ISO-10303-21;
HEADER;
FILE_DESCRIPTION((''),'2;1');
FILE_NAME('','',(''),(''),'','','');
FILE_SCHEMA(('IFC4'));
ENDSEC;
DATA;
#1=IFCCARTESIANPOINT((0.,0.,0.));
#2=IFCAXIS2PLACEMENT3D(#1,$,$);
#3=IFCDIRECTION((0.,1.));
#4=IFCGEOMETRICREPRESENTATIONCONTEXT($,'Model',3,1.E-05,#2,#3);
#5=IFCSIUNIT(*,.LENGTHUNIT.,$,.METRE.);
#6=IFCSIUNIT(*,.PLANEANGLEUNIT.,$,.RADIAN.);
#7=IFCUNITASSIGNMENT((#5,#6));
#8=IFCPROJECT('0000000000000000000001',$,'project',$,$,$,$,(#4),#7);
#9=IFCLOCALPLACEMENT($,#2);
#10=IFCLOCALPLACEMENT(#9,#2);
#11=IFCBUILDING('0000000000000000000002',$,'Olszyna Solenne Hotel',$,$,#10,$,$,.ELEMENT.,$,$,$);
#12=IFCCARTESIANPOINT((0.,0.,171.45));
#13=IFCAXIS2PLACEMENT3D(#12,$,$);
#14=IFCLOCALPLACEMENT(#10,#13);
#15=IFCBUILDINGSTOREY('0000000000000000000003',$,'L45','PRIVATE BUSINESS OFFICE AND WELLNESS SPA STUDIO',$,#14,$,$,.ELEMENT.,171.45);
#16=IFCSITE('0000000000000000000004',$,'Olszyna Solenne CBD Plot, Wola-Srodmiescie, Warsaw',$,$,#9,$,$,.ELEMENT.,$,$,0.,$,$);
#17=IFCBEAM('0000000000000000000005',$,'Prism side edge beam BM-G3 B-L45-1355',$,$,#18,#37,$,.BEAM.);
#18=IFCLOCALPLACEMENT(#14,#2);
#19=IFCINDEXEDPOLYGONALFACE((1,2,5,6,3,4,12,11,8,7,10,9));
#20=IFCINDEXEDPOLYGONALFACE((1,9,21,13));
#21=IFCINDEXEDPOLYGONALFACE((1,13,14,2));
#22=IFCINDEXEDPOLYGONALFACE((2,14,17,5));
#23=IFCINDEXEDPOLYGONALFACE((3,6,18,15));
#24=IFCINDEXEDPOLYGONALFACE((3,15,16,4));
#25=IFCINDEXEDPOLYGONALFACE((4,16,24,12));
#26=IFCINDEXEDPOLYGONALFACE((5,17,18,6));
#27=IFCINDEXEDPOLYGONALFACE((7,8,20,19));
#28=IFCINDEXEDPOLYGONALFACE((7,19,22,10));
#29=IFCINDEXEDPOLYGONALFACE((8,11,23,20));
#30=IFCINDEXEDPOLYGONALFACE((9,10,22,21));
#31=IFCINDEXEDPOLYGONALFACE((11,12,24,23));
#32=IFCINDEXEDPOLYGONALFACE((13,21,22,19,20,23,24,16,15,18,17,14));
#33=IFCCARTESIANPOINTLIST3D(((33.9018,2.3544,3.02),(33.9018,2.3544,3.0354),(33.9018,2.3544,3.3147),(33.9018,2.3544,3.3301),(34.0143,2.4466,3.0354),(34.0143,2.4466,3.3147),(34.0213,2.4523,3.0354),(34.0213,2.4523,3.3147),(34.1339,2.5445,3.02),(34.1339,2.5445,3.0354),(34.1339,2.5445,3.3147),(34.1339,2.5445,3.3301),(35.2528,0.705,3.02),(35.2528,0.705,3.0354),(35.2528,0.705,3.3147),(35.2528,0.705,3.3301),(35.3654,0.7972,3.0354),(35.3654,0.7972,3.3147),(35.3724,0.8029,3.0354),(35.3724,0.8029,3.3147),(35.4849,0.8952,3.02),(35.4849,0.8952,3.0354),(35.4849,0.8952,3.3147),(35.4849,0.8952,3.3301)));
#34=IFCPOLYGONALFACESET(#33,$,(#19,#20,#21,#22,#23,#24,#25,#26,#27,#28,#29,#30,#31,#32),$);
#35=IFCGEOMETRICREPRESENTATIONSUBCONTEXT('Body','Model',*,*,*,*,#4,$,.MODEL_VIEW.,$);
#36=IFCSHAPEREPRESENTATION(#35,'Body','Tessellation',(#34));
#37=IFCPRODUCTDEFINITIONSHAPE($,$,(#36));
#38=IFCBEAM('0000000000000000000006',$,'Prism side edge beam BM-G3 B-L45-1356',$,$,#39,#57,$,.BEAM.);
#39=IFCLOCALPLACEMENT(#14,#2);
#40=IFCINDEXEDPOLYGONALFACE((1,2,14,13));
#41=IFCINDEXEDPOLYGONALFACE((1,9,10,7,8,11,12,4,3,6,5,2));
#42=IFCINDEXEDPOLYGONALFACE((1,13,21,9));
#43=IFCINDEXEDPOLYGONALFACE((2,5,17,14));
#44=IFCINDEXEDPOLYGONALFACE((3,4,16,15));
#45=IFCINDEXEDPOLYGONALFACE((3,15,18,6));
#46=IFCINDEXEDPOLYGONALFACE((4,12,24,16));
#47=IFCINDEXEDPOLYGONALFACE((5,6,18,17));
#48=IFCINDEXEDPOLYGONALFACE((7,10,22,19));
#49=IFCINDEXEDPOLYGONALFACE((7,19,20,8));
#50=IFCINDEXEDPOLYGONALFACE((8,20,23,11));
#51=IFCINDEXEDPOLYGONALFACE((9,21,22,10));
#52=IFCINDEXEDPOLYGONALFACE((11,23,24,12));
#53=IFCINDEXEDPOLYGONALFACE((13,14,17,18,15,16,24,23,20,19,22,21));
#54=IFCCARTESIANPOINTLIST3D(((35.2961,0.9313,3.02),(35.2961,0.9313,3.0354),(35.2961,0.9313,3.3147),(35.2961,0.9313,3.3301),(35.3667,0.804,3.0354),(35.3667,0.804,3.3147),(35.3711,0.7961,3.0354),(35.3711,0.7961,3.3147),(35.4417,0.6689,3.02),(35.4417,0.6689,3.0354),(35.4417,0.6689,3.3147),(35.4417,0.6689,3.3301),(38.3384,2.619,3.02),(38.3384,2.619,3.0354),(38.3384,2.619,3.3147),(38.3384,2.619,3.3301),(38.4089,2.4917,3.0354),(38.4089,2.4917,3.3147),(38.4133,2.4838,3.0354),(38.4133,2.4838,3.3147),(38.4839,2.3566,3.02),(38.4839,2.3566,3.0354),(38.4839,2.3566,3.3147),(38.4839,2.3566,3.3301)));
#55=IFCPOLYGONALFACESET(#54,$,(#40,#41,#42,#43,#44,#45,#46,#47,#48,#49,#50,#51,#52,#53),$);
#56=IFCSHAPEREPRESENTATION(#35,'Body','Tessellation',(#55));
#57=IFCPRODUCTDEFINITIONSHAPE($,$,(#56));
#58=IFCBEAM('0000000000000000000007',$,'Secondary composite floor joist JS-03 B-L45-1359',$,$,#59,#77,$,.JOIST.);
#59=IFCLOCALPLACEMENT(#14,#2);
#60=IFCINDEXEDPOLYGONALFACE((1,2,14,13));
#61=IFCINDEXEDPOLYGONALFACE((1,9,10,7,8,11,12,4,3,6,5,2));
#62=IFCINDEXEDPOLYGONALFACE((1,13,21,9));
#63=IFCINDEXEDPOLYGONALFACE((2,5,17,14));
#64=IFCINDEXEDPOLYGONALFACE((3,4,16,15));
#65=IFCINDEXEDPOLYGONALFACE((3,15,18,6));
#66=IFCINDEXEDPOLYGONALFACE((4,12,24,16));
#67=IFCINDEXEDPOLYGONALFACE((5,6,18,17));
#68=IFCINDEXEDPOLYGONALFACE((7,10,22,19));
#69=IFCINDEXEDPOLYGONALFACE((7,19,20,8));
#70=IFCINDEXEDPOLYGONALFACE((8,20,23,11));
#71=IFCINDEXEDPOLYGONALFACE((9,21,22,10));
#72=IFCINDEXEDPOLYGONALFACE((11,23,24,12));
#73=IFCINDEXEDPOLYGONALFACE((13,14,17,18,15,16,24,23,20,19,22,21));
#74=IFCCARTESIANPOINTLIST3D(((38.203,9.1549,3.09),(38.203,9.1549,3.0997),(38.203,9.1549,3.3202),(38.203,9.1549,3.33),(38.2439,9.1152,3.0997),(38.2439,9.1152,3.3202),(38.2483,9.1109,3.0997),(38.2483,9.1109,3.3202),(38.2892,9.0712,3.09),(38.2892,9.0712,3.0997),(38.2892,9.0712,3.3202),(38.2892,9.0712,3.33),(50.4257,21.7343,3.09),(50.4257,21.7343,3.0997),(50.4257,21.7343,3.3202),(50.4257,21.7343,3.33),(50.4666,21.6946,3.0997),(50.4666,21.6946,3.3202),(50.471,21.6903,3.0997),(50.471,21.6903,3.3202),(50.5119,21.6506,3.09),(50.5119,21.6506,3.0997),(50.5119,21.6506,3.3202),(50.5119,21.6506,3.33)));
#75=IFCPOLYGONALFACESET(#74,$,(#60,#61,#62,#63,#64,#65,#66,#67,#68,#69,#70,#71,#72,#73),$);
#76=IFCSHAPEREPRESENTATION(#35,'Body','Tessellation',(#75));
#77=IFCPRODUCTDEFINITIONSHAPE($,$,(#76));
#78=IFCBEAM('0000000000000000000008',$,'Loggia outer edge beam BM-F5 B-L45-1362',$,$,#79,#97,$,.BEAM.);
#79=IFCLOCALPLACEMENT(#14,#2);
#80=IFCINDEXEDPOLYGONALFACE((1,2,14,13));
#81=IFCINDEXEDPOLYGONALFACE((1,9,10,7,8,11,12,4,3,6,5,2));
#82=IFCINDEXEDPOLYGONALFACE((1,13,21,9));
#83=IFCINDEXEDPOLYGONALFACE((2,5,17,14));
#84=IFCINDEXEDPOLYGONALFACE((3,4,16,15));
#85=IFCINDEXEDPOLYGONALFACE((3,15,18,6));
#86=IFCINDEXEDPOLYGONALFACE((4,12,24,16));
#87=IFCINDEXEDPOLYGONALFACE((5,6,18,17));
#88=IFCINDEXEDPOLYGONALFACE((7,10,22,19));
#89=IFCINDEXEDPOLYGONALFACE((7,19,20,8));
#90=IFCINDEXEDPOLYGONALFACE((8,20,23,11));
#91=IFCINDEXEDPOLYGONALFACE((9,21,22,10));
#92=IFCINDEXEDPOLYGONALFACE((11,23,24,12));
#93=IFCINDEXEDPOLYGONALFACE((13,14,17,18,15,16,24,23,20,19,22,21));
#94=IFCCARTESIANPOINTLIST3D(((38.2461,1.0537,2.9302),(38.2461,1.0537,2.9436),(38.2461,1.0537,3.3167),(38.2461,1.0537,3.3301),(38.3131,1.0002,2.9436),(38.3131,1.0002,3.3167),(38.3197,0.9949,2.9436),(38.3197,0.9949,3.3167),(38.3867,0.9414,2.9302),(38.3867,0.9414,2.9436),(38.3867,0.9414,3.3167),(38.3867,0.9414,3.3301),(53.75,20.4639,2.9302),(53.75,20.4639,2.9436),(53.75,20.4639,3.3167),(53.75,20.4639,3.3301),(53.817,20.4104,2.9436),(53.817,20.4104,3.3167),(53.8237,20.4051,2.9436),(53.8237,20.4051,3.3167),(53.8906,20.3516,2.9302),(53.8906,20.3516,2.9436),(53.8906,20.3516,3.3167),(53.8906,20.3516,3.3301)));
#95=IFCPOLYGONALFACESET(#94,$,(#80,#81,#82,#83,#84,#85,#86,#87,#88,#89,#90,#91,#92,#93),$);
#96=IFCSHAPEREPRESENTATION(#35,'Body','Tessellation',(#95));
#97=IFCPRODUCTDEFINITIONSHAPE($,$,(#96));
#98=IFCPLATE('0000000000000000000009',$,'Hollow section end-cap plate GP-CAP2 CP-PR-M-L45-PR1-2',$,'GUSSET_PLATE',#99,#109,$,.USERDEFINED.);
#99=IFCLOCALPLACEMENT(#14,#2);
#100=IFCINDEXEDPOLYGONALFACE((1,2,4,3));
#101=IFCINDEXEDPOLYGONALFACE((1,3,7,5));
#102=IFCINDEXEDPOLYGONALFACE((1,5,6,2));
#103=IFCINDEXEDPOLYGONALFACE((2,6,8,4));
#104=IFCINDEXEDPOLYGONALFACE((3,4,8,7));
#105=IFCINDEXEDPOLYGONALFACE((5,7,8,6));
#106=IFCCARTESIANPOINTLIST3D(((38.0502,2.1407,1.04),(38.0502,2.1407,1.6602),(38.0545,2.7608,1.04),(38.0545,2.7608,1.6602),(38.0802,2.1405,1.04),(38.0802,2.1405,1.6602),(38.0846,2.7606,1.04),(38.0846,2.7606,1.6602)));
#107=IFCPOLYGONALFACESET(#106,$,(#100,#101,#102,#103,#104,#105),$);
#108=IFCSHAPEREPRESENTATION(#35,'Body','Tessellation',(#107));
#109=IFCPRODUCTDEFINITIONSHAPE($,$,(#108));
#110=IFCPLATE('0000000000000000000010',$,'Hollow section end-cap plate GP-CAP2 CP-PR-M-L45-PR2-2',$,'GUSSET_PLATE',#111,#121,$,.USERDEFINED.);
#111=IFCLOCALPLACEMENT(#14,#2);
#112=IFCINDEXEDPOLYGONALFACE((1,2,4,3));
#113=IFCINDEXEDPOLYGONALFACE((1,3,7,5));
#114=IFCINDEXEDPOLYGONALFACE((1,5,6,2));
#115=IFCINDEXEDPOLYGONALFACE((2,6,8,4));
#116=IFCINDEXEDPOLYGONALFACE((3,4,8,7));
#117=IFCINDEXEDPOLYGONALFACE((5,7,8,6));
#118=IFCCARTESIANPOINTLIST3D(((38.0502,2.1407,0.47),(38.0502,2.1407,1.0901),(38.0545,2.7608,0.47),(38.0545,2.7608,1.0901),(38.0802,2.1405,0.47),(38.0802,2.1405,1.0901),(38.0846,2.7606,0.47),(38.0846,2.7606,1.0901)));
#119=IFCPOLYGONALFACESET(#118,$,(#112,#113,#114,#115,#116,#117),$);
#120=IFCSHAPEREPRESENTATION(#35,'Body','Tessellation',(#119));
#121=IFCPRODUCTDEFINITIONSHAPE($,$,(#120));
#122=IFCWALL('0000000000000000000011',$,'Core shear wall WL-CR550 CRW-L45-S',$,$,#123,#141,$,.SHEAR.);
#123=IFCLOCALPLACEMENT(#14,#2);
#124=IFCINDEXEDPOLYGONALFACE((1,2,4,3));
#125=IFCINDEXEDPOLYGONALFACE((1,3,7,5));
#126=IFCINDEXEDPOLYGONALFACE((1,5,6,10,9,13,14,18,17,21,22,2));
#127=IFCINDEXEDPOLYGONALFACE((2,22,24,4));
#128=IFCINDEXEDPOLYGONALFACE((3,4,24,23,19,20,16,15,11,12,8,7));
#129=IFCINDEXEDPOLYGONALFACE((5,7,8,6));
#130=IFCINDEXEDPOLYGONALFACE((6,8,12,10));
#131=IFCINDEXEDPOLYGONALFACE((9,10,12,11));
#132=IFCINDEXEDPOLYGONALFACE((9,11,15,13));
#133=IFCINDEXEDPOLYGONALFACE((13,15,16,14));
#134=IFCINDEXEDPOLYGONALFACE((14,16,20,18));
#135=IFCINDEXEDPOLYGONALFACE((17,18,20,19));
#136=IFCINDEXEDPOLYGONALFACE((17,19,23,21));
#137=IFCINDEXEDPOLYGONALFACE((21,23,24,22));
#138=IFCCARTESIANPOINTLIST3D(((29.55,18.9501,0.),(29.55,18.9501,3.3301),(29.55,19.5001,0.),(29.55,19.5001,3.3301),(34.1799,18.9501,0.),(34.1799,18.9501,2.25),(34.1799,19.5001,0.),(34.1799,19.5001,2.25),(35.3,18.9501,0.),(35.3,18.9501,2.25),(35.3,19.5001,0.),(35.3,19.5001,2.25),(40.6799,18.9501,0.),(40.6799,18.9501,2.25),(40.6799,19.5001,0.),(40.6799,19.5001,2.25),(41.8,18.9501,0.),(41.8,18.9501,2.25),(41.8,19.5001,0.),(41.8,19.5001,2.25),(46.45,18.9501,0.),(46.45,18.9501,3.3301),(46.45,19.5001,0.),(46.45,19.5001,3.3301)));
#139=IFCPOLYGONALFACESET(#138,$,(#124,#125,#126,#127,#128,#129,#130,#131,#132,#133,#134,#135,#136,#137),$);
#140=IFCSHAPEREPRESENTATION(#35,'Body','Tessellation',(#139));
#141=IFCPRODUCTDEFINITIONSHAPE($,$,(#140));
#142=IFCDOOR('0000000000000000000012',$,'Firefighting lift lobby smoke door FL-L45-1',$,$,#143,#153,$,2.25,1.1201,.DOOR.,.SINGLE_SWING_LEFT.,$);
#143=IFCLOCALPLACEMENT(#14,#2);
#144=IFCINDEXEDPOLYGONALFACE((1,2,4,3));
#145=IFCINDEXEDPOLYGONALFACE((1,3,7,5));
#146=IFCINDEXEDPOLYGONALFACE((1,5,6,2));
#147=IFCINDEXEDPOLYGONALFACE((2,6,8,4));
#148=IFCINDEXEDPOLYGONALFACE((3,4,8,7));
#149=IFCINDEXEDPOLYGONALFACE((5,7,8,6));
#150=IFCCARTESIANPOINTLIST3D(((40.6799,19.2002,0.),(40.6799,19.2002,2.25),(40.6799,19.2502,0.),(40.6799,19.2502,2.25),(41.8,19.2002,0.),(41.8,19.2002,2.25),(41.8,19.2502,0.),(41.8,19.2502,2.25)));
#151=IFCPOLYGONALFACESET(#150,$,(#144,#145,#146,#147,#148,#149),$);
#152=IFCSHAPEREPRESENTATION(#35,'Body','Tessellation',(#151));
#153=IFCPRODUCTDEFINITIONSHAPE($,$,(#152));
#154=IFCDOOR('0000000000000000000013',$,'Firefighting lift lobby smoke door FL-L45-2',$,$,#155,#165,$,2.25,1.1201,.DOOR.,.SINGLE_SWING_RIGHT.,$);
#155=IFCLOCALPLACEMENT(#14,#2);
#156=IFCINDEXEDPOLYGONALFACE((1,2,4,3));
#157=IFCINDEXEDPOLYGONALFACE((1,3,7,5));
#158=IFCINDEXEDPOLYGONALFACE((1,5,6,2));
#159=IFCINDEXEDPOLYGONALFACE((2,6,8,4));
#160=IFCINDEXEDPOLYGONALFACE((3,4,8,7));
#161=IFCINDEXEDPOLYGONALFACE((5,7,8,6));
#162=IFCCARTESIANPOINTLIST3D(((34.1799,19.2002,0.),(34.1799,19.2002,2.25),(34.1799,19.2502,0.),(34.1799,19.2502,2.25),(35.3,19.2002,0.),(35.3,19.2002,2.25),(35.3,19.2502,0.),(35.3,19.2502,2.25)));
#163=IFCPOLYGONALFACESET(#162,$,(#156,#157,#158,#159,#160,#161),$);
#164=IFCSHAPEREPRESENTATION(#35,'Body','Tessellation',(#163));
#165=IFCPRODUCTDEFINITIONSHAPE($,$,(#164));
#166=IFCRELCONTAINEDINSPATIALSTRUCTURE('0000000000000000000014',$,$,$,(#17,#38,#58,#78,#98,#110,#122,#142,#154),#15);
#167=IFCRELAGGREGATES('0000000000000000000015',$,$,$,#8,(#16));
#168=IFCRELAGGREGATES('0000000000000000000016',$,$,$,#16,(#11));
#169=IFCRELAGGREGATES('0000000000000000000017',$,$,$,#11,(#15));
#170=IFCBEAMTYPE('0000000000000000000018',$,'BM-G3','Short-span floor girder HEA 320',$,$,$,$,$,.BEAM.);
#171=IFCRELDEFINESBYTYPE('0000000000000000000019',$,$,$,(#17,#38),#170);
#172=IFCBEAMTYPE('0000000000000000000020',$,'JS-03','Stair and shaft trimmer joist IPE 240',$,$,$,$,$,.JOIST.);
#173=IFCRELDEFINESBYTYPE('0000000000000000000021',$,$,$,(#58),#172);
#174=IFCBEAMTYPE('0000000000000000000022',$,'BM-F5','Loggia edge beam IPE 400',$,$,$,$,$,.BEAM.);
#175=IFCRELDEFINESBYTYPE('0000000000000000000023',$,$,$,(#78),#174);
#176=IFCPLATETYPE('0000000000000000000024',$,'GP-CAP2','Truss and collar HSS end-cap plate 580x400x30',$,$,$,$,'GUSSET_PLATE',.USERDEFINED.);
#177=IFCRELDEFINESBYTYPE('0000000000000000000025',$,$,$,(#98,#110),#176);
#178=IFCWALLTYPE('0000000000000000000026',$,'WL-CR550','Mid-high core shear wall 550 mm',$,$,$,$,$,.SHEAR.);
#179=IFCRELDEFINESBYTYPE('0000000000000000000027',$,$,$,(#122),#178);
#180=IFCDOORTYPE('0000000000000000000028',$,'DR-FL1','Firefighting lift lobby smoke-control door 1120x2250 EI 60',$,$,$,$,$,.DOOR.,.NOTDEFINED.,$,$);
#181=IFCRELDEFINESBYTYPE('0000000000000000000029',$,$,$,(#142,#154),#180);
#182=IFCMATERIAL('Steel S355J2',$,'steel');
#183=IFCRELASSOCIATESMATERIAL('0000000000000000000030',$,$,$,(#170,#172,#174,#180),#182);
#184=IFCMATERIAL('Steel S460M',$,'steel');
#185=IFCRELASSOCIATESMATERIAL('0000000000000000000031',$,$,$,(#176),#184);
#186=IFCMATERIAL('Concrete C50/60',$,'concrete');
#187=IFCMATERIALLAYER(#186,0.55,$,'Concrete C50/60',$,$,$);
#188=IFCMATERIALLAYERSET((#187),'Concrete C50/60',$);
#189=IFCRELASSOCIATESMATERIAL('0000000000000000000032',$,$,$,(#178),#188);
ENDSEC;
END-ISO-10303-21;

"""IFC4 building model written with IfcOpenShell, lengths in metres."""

from ifc_helpers import new_model, si_unit, direction, frame, frame_2d, origin, origin_2d, place, context, subcontext, project, spatial, rectangle, i_section, extrude, source, transform, mapped, material, layer, layer_set, material_profile, profile_set, type_object, type_shapes, element, fill, save


model = new_model("IFC4")

# Units and contexts
model_context = context("Model", 3, precision=1e-05, world=origin(), true_north=direction((0.0, 1.0)))
body_context = subcontext(model_context, "Body", "Model", "MODEL_VIEW")
ifc_project = project(units=[si_unit("LENGTHUNIT", "METRE"), si_unit("PLANEANGLEUNIT", "RADIAN")], contexts=[model_context])

# Site, building, storey
site_placement = place(None, origin())
site = spatial("IfcSite", under=ifc_project, at=site_placement, Name="Olszyna Solenne CBD Plot, Wola-Srodmiescie, Warsaw", CompositionType="ELEMENT", RefElevation=0.0)
building_placement = place(site_placement, origin())
building = spatial("IfcBuilding", under=site, at=building_placement, Name="Olszyna Solenne Hotel", CompositionType="ELEMENT")
storey_placement = place(building_placement, frame((0.0, 0.0, 171.45)))
storey = spatial("IfcBuildingStorey", under=building, at=storey_placement, Name="L45", Description="PRIVATE BUSINESS OFFICE AND WELLNESS SPA STUDIO", CompositionType="ELEMENT", Elevation=171.45)

# Shared definitions
ifc_material_1 = material(Name="Steel S460M", Category="steel")

# Beams
ifc_material_2 = material(Name="Steel S355J2", Category="steel")
ifc_material_profile_1 = material_profile(ifc_material_2, i_section(OverallWidth=0.3, OverallDepth=0.3101, WebThickness=0.009, FlangeThickness=0.0154, at=origin_2d()), Name="HEA 320", Category="load-bearing")
ifc_profile_set_1 = profile_set([ifc_material_profile_1], Name="Steel S355J2")
beam_type_1 = type_object("IfcBeamType", Name="BM-G3", Description="Short-span floor girder HEA 320", PredefinedType="BEAM", material=ifc_profile_set_1)
shared_shape_1 = source(origin(), body_context, "Body", "SweptSolid", [
    extrude(i_section(OverallWidth=0.3, OverallDepth=0.3101, WebThickness=0.009, FlangeThickness=0.0154, at=origin_2d()), origin(), (0.0, 0.0, 1.0), 2.1321),
])
beam_1_placement = place(storey_placement, frame((34.0178, 2.4495, 3.175), z_axis=(0.633674, -0.7736, 0.0), x_axis=(0.7736, 0.633674, 0.0)))
element("IfcBeam", 1, at=beam_1_placement, inside=storey, type_object=beam_type_1, Name="Prism side edge beam BM-G3 B-L45-1355", PredefinedType="BEAM", context=body_context, shape_type="MappedRepresentation", body=[
    mapped(shared_shape_1, transform((0.0, 0.0, 0.0), x_axis=(1.0, 0.0, 0.0), y_axis=(0.0, 1.0, 0.0), z_axis=(0.0, 0.0, 1.0), scale=1.0)),
])
shared_shape_2 = source(origin(), body_context, "Body", "SweptSolid", [
    extrude(i_section(OverallWidth=0.3, OverallDepth=0.3101, WebThickness=0.009, FlangeThickness=0.0154, at=origin_2d()), origin(), (0.0, 0.0, 1.0), 3.479),
])
beam_2_placement = place(storey_placement, frame((38.4111, 2.4878, 3.175), z_axis=(-0.874448, -0.485119, 0.0), x_axis=(0.485119, -0.874448, 0.0)))
element("IfcBeam", 2, at=beam_2_placement, inside=storey, type_object=beam_type_1, Name="Prism side edge beam BM-G3 B-L45-1356", PredefinedType="BEAM", context=body_context, shape_type="MappedRepresentation", body=[
    mapped(shared_shape_2, transform((0.0, 0.0, 0.0), x_axis=(1.0, 0.0, 0.0), y_axis=(0.0, 1.0, 0.0), z_axis=(0.0, 0.0, 1.0), scale=1.0)),
])
ifc_material_profile_2 = material_profile(ifc_material_2, i_section(OverallWidth=0.1201, OverallDepth=0.24, WebThickness=0.0061, FlangeThickness=0.0098, at=origin_2d()), Name="IPE 240", Category="load-bearing")
ifc_profile_set_2 = profile_set([ifc_material_profile_2], Name="Steel S355J2")
beam_type_2 = type_object("IfcBeamType", Name="JS-03", Description="Stair and shaft trimmer joist IPE 240", PredefinedType="JOIST", material=ifc_profile_set_2)
shared_shape_3 = source(origin(), body_context, "Body", "SweptSolid", [
    extrude(i_section(OverallWidth=0.1201, OverallDepth=0.24, WebThickness=0.0061, FlangeThickness=0.0098, at=origin_2d()), origin(), (0.0, 0.0, 1.0), 17.5396),
])
beam_3_placement = place(storey_placement, frame((38.2461, 9.113, 3.21), z_axis=(0.696865, 0.717202, 0.0), x_axis=(-0.717202, 0.696865, 0.0)))
element("IfcBeam", 3, at=beam_3_placement, inside=storey, type_object=beam_type_2, Name="Secondary composite floor joist JS-03 B-L45-1359", PredefinedType="JOIST", context=body_context, shape_type="MappedRepresentation", body=[
    mapped(shared_shape_3, transform((0.0, 0.0, 0.0), x_axis=(1.0, 0.0, 0.0), y_axis=(0.0, 1.0, 0.0), z_axis=(0.0, 0.0, 1.0), scale=1.0)),
])
ifc_material_profile_3 = material_profile(ifc_material_2, i_section(OverallWidth=0.1799, OverallDepth=0.3999, WebThickness=0.0085, FlangeThickness=0.0134, at=origin_2d()), Name="IPE 400", Category="load-bearing")
ifc_profile_set_3 = profile_set([ifc_material_profile_3], Name="Steel S355J2")
beam_type_3 = type_object("IfcBeamType", Name="BM-F5", Description="Loggia edge beam IPE 400", PredefinedType="BEAM", material=ifc_profile_set_3)
shared_shape_4 = source(origin(), body_context, "Body", "SweptSolid", [
    extrude(i_section(OverallWidth=0.1799, OverallDepth=0.3999, WebThickness=0.0085, FlangeThickness=0.0134, at=origin_2d()), origin(), (0.0, 0.0, 1.0), 24.842),
])
beam_4_placement = place(storey_placement, frame((38.3164, 0.9976, 3.1301), z_axis=(0.6241, 0.781344, 0.0), x_axis=(-0.781344, 0.6241, 0.0)))
element("IfcBeam", 4, at=beam_4_placement, inside=storey, type_object=beam_type_3, Name="Loggia outer edge beam BM-F5 B-L45-1362", PredefinedType="BEAM", context=body_context, shape_type="MappedRepresentation", body=[
    mapped(shared_shape_4, transform((0.0, 0.0, 0.0), x_axis=(1.0, 0.0, 0.0), y_axis=(0.0, 1.0, 0.0), z_axis=(0.0, 0.0, 1.0), scale=1.0)),
])

# Plates
plate_type = type_object("IfcPlateType", Name="GP-CAP2", Description="Truss and collar HSS end-cap plate 580x400x30", ElementType="GUSSET_PLATE", PredefinedType="USERDEFINED", material=ifc_material_1)
shared_shape_5 = source(origin(), body_context, "Body", "SweptSolid", [
    extrude(rectangle(XDim=0.03, YDim=0.6201, at=origin_2d()), origin(), (0.0, 0.0, 1.0), 0.6201),
])
for number, where, z_axis, x_axis, name in (
    (5, (38.0674, 2.4507, 1.04), (0.0, 0.0, 1.0), (0.999976, -0.006981, 0.0), "Hollow section end-cap plate GP-CAP2 CP-PR-M-L45-PR1-2"),
    (6, (38.0674, 2.4507, 0.47), (0.0, 0.0, 1.0), (0.999976, -0.006981, 0.0), "Hollow section end-cap plate GP-CAP2 CP-PR-M-L45-PR2-2"),
):
    element("IfcPlate", number, at=place(storey_placement, frame(where, z_axis=z_axis, x_axis=x_axis)), inside=storey, type_object=plate_type, Name=name, ObjectType="GUSSET_PLATE", PredefinedType="USERDEFINED", context=body_context, shape_type="MappedRepresentation", body=[
        mapped(shared_shape_5, transform((0.0, 0.0, 0.0), x_axis=(1.0, 0.0, 0.0), y_axis=(0.0, 1.0, 0.0), z_axis=(0.0, 0.0, 1.0), scale=1.0)),
    ])

# Wall, openings, doors
ifc_material_3 = material(Name="Concrete C50/60", Category="concrete")
ifc_layer_1 = layer(ifc_material_3, 0.55, Name="Concrete C50/60")
ifc_layer_set_1 = layer_set([ifc_layer_1], Name="Concrete C50/60")
wall_type_1 = type_object("IfcWallType", Name="WL-CR550", Description="Mid-high core shear wall 550 mm", PredefinedType="SHEAR", material=ifc_layer_set_1)
wall_1_placement = place(storey_placement, frame((46.45, 19.2251, 0.0), z_axis=(0.0, 0.0, 1.0), x_axis=(-1.0, 0.0, 0.0)))
wall_1 = element("IfcWall", 7, at=wall_1_placement, inside=storey, type_object=wall_type_1, Name="Core shear wall WL-CR550 CRW-L45-S", PredefinedType="SHEAR", context=body_context, shape_type="SweptSolid", body=[
    extrude(rectangle(XDim=16.8999, YDim=0.55, at=frame_2d((8.45, 0.0))), origin(), (0.0, 0.0, 1.0), 3.3301),
])
opening_1_placement = place(wall_1_placement, frame((4.6499, 0.0, 0.0)))
opening_1 = element("IfcOpeningElement", 8, at=opening_1_placement, cuts=wall_1, PredefinedType="OPENING", context=body_context, shape_type="SweptSolid", body=[
    extrude(rectangle(XDim=1.1201, YDim=2.25, at=frame_2d((0.5601, 1.125))), frame((0.0, 0.2852, 0.0), z_axis=(0.0, -1.0, 0.0), x_axis=(1.0, 0.0, 0.0)), (0.0, 0.0, 1.0), 0.5701),
])
opening_2_placement = place(wall_1_placement, frame((11.1499, 0.0, 0.0)))
opening_2 = element("IfcOpeningElement", 9, at=opening_2_placement, cuts=wall_1, PredefinedType="OPENING", context=body_context, shape_type="SweptSolid", body=[
    extrude(rectangle(XDim=1.1201, YDim=2.25, at=frame_2d((0.5601, 1.125))), frame((0.0, 0.2852, 0.0), z_axis=(0.0, -1.0, 0.0), x_axis=(1.0, 0.0, 0.0)), (0.0, 0.0, 1.0), 0.5701),
])
door_type_1 = type_object("IfcDoorType", Name="DR-FL1", Description="Firefighting lift lobby smoke-control door 1120x2250 EI 60", OperationType="NOTDEFINED", PredefinedType="DOOR", material=ifc_material_2)
shared_shape_6 = source(origin(), body_context, "Body", "SweptSolid", [
    extrude(rectangle(XDim=1.1201, YDim=2.25, at=frame_2d((0.5601, 1.125))), frame((0.0, 0.0249, 0.0), z_axis=(0.0, -1.0, 0.0), x_axis=(1.0, 0.0, 0.0)), (0.0, 0.0, 1.0), 0.05),
])
type_shapes(door_type_1, [shared_shape_6])
door_1_placement = place(opening_1_placement, origin())
door_1 = element("IfcDoor", 10, at=door_1_placement, inside=storey, type_object=door_type_1, Name="Firefighting lift lobby smoke door FL-L45-1", OperationType="SINGLE_SWING_LEFT", OverallHeight=2.25, OverallWidth=1.1201, PredefinedType="DOOR", context=body_context, shape_type="MappedRepresentation", body=[
    mapped(shared_shape_6, transform((0.0, 0.0, 0.0), x_axis=(1.0, 0.0, 0.0), y_axis=(0.0, 1.0, 0.0), z_axis=(0.0, 0.0, 1.0), scale=1.0)),
])
fill(opening_1, door_1)
door_2_placement = place(opening_2_placement, origin())
door_2 = element("IfcDoor", 11, at=door_2_placement, inside=storey, type_object=door_type_1, Name="Firefighting lift lobby smoke door FL-L45-2", OperationType="SINGLE_SWING_RIGHT", OverallHeight=2.25, OverallWidth=1.1201, PredefinedType="DOOR", context=body_context, shape_type="MappedRepresentation", body=[
    mapped(shared_shape_6, transform((0.0, 0.0, 0.0), x_axis=(1.0, 0.0, 0.0), y_axis=(0.0, 1.0, 0.0), z_axis=(0.0, 0.0, 1.0), scale=1.0)),
])
fill(opening_2, door_2)

save(model, "model.ifc")
